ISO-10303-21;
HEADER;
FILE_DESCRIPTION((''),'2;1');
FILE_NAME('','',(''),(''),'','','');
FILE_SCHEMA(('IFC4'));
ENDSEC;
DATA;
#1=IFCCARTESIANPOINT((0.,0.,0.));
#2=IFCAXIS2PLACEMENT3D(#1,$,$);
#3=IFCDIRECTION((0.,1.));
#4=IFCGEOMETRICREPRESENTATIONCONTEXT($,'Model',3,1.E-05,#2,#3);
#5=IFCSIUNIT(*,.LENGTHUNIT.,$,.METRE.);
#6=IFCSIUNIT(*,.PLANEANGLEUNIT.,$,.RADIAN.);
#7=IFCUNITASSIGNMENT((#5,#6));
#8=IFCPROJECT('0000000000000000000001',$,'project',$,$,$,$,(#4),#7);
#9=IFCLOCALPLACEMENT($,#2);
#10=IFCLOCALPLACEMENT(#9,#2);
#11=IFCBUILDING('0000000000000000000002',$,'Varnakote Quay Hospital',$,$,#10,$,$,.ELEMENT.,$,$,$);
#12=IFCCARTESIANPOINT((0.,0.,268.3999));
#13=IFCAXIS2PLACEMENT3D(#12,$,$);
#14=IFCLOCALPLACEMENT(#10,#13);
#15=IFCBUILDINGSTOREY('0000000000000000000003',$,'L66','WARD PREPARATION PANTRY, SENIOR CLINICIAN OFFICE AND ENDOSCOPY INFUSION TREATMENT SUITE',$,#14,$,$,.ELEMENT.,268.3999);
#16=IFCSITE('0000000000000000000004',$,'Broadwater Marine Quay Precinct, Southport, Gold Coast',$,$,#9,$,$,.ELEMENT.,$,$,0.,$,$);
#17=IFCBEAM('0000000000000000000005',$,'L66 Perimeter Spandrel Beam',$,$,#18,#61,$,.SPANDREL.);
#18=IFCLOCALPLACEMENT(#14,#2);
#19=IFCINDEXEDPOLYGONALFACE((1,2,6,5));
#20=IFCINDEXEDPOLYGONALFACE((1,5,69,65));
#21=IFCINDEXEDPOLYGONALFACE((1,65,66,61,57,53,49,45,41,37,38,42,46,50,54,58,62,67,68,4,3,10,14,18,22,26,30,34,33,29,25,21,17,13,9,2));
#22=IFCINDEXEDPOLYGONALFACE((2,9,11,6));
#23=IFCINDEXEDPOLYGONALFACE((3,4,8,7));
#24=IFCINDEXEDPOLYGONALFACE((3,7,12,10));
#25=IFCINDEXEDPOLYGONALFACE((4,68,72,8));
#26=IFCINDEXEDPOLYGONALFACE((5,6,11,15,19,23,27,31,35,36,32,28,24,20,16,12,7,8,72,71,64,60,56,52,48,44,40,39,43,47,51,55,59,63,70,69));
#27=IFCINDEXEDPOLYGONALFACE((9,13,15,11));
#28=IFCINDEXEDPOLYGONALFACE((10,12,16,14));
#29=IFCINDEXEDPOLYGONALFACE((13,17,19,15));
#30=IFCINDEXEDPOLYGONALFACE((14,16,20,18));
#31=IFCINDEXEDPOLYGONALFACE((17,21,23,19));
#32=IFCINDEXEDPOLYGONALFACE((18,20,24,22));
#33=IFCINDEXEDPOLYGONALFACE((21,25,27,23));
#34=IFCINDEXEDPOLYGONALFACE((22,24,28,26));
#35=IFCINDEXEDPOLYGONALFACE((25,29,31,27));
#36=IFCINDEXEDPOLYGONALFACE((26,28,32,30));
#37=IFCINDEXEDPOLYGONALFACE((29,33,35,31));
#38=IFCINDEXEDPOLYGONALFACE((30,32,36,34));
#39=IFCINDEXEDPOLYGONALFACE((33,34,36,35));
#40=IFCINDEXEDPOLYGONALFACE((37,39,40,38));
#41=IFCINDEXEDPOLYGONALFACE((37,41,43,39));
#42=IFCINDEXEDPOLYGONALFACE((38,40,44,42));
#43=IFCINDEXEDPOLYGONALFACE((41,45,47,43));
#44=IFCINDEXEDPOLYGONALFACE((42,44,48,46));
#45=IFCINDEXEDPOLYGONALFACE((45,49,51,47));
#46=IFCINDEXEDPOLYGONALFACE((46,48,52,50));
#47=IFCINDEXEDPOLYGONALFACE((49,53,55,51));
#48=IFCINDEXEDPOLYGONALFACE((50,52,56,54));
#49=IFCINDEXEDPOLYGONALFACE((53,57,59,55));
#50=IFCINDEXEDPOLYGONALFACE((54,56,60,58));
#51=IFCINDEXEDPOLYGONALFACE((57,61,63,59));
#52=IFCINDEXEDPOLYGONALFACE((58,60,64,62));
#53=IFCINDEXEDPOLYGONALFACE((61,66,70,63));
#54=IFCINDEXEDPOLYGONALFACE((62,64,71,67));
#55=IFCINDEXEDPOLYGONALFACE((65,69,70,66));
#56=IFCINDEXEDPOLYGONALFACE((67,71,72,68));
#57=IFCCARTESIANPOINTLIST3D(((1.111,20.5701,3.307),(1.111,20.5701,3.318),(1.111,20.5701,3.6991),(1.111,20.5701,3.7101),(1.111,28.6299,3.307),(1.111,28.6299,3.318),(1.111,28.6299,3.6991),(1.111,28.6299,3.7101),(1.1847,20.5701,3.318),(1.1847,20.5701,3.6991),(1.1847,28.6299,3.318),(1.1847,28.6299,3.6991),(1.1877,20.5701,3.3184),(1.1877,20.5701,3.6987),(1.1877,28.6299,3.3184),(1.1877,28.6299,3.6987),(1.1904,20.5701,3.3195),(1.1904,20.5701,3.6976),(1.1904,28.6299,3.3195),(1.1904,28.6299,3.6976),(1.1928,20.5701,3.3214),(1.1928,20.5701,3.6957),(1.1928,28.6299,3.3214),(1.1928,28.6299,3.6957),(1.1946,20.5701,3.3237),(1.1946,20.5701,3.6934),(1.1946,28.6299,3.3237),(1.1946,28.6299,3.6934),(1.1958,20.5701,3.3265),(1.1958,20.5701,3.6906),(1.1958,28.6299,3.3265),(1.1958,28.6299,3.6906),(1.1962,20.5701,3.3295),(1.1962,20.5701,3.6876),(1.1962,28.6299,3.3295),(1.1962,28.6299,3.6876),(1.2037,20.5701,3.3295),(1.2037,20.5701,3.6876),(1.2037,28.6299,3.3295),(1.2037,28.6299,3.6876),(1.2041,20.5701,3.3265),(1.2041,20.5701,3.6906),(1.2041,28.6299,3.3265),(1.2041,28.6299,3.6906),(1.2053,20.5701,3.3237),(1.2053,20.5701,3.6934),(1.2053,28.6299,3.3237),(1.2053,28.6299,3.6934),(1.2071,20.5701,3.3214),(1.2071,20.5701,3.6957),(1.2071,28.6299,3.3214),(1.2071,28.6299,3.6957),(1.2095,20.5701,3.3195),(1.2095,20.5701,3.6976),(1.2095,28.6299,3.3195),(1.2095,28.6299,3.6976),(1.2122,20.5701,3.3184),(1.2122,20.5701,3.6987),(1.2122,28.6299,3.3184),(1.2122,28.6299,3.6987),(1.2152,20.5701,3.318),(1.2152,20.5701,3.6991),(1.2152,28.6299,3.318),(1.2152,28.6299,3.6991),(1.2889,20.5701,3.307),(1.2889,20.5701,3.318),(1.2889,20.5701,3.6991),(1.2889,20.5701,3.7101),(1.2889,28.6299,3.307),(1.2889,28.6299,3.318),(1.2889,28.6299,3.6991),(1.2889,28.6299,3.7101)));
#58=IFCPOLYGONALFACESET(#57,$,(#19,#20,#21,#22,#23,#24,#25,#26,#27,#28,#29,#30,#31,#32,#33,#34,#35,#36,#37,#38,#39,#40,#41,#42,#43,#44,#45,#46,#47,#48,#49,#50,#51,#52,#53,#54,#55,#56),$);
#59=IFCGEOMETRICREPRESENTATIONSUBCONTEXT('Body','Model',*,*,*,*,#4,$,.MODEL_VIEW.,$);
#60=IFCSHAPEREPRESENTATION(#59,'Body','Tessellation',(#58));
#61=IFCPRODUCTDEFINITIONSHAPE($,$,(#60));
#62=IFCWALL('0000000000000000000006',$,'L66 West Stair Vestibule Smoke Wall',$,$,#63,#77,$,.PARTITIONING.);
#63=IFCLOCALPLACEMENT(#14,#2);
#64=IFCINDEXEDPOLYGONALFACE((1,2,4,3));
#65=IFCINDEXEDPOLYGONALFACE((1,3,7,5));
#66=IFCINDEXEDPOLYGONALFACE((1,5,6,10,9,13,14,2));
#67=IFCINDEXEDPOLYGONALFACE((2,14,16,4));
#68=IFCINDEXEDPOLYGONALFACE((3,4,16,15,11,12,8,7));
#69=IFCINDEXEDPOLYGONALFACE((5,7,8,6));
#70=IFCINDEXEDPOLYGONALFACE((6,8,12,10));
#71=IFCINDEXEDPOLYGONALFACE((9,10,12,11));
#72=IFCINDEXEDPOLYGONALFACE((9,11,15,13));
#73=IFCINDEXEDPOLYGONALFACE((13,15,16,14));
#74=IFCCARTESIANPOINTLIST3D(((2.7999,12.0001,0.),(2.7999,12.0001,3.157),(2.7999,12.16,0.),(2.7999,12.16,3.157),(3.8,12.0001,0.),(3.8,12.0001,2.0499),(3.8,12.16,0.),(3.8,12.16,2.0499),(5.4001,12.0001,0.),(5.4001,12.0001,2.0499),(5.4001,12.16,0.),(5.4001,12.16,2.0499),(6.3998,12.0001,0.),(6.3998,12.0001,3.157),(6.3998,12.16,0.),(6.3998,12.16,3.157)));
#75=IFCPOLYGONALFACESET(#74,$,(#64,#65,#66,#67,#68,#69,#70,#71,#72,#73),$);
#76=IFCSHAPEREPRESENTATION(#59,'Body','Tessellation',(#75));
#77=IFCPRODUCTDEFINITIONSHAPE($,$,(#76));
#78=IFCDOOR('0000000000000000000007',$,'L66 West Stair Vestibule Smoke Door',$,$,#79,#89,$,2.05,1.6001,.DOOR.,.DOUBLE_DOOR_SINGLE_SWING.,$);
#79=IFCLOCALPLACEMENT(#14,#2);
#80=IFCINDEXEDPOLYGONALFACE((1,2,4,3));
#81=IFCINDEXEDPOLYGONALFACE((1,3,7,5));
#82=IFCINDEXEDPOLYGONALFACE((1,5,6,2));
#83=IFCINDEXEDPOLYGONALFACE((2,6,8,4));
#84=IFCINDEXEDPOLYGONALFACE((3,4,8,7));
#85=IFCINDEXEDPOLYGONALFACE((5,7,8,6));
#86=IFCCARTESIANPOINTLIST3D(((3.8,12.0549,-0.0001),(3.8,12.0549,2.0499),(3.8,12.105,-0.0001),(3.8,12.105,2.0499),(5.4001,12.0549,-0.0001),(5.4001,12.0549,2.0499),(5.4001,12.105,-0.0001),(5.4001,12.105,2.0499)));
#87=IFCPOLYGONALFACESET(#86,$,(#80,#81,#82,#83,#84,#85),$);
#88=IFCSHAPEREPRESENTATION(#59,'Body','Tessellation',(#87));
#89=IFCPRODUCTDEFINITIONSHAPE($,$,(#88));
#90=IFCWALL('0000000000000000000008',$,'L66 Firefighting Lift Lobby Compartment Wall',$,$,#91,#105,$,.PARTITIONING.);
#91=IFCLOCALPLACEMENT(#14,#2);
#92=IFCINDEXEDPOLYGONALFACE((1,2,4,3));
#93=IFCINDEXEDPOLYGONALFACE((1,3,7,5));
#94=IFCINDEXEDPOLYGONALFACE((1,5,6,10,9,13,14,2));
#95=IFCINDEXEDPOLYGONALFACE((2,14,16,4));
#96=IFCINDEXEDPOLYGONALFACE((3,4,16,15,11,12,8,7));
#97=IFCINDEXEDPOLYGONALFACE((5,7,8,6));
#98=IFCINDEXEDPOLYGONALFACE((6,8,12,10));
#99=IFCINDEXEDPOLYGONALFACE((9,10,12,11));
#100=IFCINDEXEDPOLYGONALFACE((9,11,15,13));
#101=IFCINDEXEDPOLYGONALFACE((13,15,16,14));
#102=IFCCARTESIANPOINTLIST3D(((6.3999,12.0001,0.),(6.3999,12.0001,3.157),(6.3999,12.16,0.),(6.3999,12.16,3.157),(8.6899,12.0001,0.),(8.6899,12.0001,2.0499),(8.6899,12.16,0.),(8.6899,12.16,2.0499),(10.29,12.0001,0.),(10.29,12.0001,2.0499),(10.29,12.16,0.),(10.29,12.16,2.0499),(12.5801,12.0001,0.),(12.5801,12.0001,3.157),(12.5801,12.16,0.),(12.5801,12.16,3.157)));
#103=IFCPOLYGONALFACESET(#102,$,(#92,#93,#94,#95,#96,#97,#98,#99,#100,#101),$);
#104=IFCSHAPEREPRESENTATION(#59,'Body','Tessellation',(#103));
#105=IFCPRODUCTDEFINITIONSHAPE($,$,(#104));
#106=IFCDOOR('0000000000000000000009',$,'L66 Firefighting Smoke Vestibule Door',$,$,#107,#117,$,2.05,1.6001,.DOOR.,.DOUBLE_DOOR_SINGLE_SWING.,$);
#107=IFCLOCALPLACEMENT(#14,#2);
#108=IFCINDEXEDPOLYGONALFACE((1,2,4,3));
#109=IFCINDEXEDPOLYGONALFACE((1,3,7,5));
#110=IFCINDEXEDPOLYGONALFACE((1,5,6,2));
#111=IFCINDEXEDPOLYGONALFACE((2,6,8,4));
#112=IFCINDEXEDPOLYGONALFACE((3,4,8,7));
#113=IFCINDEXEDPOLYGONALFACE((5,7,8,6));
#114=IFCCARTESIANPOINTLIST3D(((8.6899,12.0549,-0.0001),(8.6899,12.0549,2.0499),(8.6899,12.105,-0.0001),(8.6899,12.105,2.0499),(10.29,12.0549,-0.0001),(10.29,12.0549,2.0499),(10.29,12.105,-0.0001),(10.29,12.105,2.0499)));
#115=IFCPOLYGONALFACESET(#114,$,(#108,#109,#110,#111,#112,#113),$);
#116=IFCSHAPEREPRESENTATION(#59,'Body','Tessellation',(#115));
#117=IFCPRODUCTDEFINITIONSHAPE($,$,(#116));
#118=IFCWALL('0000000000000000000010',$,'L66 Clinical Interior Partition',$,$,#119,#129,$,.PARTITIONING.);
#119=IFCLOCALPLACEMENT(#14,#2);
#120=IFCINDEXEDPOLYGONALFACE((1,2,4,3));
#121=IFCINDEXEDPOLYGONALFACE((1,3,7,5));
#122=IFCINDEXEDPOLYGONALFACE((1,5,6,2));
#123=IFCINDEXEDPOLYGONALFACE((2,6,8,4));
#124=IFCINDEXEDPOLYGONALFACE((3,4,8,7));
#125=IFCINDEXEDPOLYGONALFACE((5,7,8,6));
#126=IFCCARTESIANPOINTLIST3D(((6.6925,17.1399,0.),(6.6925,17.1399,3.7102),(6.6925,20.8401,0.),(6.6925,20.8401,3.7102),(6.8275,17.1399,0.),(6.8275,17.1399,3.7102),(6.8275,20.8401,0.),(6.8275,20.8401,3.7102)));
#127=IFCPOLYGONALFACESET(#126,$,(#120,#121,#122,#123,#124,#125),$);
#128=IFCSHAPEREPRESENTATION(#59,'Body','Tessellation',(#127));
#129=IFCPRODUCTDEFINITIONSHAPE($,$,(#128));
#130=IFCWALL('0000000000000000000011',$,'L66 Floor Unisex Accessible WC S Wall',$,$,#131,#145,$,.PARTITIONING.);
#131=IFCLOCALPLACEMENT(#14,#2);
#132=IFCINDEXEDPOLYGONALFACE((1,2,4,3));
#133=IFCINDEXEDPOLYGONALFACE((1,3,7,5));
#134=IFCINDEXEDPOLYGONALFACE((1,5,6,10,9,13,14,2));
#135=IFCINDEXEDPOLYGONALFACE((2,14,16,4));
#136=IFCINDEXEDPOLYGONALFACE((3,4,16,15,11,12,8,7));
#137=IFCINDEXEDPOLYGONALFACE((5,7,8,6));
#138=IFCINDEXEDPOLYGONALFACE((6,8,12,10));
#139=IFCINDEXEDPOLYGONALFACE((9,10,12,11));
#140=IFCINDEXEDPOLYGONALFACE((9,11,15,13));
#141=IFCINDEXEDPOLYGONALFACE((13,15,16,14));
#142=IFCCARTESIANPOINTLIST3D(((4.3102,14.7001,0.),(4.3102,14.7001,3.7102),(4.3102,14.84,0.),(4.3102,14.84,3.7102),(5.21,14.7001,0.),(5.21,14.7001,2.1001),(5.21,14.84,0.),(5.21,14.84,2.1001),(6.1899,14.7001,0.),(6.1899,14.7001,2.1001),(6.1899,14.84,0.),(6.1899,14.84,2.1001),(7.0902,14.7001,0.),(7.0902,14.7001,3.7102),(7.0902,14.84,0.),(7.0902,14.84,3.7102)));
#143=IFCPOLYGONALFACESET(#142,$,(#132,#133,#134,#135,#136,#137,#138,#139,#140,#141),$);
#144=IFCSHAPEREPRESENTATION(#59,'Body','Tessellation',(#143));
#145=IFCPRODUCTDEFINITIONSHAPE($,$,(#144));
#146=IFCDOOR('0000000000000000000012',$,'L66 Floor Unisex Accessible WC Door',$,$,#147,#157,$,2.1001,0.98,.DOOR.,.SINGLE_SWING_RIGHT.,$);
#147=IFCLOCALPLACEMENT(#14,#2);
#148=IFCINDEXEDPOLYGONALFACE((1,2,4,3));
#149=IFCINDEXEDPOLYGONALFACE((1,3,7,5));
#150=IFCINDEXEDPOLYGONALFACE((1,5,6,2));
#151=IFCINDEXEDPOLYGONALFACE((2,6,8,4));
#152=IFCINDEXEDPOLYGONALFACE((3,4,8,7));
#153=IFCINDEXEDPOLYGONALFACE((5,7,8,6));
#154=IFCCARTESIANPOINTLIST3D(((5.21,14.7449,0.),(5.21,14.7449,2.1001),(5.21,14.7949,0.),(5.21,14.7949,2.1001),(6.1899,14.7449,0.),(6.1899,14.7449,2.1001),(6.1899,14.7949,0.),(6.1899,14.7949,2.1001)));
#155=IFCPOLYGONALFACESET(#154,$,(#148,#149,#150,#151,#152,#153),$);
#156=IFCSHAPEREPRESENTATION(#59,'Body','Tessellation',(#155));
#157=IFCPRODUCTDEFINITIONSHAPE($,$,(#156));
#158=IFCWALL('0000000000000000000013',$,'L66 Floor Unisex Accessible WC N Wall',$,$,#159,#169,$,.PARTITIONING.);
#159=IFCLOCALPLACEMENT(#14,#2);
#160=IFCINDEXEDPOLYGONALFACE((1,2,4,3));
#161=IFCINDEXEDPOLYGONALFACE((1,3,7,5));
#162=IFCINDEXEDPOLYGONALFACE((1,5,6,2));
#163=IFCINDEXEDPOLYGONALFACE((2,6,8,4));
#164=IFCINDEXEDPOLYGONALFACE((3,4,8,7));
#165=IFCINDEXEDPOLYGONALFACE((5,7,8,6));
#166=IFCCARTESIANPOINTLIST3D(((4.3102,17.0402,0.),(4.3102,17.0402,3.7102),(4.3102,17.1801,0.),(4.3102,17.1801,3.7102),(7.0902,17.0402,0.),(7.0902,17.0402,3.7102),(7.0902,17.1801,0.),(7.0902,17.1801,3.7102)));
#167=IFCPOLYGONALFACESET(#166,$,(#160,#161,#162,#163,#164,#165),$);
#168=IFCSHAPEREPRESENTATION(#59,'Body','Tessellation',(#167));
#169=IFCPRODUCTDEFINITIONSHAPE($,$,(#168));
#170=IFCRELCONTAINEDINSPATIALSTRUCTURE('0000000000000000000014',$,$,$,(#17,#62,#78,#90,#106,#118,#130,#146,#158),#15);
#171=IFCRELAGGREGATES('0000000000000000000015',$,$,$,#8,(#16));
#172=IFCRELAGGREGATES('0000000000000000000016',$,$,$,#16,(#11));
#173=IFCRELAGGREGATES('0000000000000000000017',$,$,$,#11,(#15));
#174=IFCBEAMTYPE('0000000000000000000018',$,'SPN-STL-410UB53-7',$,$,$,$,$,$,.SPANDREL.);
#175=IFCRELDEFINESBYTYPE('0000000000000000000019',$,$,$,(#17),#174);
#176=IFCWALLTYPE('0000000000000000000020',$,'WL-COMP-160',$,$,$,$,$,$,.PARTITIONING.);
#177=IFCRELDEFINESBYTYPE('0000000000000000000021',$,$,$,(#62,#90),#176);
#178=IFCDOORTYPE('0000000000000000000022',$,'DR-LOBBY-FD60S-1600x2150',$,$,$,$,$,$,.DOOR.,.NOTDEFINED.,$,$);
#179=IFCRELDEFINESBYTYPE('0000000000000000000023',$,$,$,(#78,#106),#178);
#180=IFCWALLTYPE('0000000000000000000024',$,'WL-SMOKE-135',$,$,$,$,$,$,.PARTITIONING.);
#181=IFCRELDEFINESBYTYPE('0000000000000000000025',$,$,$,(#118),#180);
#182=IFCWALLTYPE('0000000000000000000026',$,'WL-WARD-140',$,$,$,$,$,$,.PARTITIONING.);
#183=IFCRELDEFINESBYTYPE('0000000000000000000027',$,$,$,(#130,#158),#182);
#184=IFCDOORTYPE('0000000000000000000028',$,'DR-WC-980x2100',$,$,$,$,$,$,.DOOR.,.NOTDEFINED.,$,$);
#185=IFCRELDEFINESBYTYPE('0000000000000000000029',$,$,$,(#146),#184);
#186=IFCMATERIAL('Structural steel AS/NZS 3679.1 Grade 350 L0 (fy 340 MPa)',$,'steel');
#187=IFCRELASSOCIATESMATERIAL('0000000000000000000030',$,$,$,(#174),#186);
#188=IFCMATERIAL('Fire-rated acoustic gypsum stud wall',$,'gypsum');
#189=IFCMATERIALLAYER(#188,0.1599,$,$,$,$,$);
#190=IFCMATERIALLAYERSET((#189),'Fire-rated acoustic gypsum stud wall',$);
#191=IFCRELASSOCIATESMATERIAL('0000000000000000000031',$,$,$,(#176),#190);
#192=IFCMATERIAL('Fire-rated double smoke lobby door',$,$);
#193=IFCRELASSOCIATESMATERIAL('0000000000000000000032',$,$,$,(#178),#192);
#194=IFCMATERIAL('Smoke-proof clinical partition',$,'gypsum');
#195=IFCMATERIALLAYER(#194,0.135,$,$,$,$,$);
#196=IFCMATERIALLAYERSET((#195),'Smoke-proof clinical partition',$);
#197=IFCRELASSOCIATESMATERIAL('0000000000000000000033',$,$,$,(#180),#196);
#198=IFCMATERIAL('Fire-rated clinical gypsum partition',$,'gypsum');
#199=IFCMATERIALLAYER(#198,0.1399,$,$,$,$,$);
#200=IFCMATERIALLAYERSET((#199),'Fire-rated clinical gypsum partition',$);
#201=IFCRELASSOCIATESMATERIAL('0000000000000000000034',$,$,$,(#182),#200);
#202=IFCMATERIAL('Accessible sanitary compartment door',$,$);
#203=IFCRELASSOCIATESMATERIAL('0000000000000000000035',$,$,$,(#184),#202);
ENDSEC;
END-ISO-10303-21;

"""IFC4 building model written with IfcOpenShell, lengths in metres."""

from ifc_helpers import new_model, si_unit, direction, frame, frame_2d, origin, origin_2d, place, context, subcontext, project, spatial, rectangle, i_section, extrude, material, layer, layer_set, material_profile, profile_set, type_object, element, fill, save


model = new_model("IFC4")

# Units and contexts
model_context = context("Model", 3, precision=1e-05, world=origin(), true_north=direction((0.0, 1.0)))
body_context = subcontext(model_context, "Body", "Model", "MODEL_VIEW")
ifc_project = project(units=[si_unit("LENGTHUNIT", "METRE"), si_unit("PLANEANGLEUNIT", "RADIAN")], contexts=[model_context])

# Site, building, storey
site_placement = place(None, origin())
site = spatial("IfcSite", under=ifc_project, at=site_placement, Name="Broadwater Marine Quay Precinct, Southport, Gold Coast", CompositionType="ELEMENT", RefElevation=0.0)
building_placement = place(site_placement, origin())
building = spatial("IfcBuilding", under=site, at=building_placement, Name="Varnakote Quay Hospital", CompositionType="ELEMENT")
storey_placement = place(building_placement, frame((0.0, 0.0, 268.3999)))
storey = spatial("IfcBuildingStorey", under=building, at=storey_placement, Name="L66", Description="WARD PREPARATION PANTRY, SENIOR CLINICIAN OFFICE AND ENDOSCOPY INFUSION TREATMENT SUITE", CompositionType="ELEMENT", Elevation=268.3999)

# Beam
ifc_material_1 = material(Name="Structural steel AS/NZS 3679.1 Grade 350 L0 (fy 340 MPa)", Category="steel")
ifc_material_profile_1 = material_profile(ifc_material_1, i_section(OverallWidth=0.178, OverallDepth=0.4031, WebThickness=0.0076, FlangeThickness=0.011, FilletRadius=0.0115, at=origin_2d()), Name="410UB53.7")
ifc_profile_set_1 = profile_set([ifc_material_profile_1], Name="Structural steel AS/NZS 3679.1 Grade 350 L0 (fy 340 MPa)")
beam_type_1 = type_object("IfcBeamType", Name="SPN-STL-410UB53-7", PredefinedType="SPANDREL", material=ifc_profile_set_1)
beam_1_placement = place(storey_placement, frame((1.2, 20.5701, 3.5085), z_axis=(0.0, 1.0, 0.0), x_axis=(-1.0, 0.0, 0.0)))
element("IfcBeam", 1, at=beam_1_placement, inside=storey, type_object=beam_type_1, Name="L66 Perimeter Spandrel Beam", PredefinedType="SPANDREL", context=body_context, shape_type="SweptSolid", body=[
    extrude(i_section(OverallWidth=0.178, OverallDepth=0.4031, WebThickness=0.0076, FlangeThickness=0.011, FilletRadius=0.0115, at=origin_2d()), origin(), (0.0, 0.0, 1.0), 8.0598),
])

# Walls, openings, doors
ifc_material_2 = material(Name="Fire-rated acoustic gypsum stud wall", Category="gypsum")
ifc_layer_1 = layer(ifc_material_2, 0.1599)
ifc_layer_set_1 = layer_set([ifc_layer_1], Name="Fire-rated acoustic gypsum stud wall")
wall_type_1 = type_object("IfcWallType", Name="WL-COMP-160", PredefinedType="PARTITIONING", material=ifc_layer_set_1)
wall_1_placement = place(storey_placement, frame((2.8, 12.0801, 0.0), z_axis=(0.0, 0.0, 1.0), x_axis=(1.0, 0.0, 0.0)))
wall_1 = element("IfcWall", 2, at=wall_1_placement, inside=storey, type_object=wall_type_1, Name="L66 West Stair Vestibule Smoke Wall", PredefinedType="PARTITIONING", context=body_context, shape_type="SweptSolid", body=[
    extrude(rectangle(XDim=3.5999, YDim=0.1599, at=frame_2d((1.7998, 0.0))), origin(), (0.0, 0.0, 1.0), 3.157),
])
opening_1_placement = place(wall_1_placement, frame((1.0, 0.0, 0.0)))
opening_1 = element("IfcOpeningElement", 3, at=opening_1_placement, cuts=wall_1, PredefinedType="OPENING", context=body_context, shape_type="SweptSolid", body=[
    extrude(rectangle(XDim=1.6001, YDim=2.05, at=frame_2d((0.8, 1.0249))), frame((0.0, 0.0898, 0.0), z_axis=(0.0, -1.0, 0.0), x_axis=(1.0, 0.0, 0.0)), (0.0, 0.0, 1.0), 0.1799),
])
ifc_material_3 = material(Name="Fire-rated double smoke lobby door")
door_type_1 = type_object("IfcDoorType", Name="DR-LOBBY-FD60S-1600x2150", OperationType="NOTDEFINED", PredefinedType="DOOR", material=ifc_material_3)
door_1_placement = place(opening_1_placement, origin())
door_1 = element("IfcDoor", 4, at=door_1_placement, inside=storey, type_object=door_type_1, Name="L66 West Stair Vestibule Smoke Door", OperationType="DOUBLE_DOOR_SINGLE_SWING", OverallHeight=2.05, OverallWidth=1.6001, PredefinedType="DOOR", context=body_context, shape_type="SweptSolid", body=[
    extrude(rectangle(XDim=1.6001, YDim=2.05, at=frame_2d((0.8, 1.0249))), frame((0.0, 0.0249, 0.0), z_axis=(0.0, -1.0, 0.0), x_axis=(1.0, 0.0, 0.0)), (0.0, 0.0, 1.0), 0.05),
])
fill(opening_1, door_1)
wall_2_placement = place(storey_placement, frame((6.3999, 12.0801, 0.0), z_axis=(0.0, 0.0, 1.0), x_axis=(1.0, 0.0, 0.0)))
wall_2 = element("IfcWall", 5, at=wall_2_placement, inside=storey, type_object=wall_type_1, Name="L66 Firefighting Lift Lobby Compartment Wall", PredefinedType="PARTITIONING", context=body_context, shape_type="SweptSolid", body=[
    extrude(rectangle(XDim=6.1802, YDim=0.1599, at=frame_2d((3.0901, 0.0))), origin(), (0.0, 0.0, 1.0), 3.157),
])
opening_2_placement = place(wall_2_placement, frame((2.29, 0.0, 0.0)))
opening_2 = element("IfcOpeningElement", 6, at=opening_2_placement, cuts=wall_2, PredefinedType="OPENING", context=body_context, shape_type="SweptSolid", body=[
    extrude(rectangle(XDim=1.6001, YDim=2.05, at=frame_2d((0.8, 1.0249))), frame((0.0, 0.0898, 0.0), z_axis=(0.0, -1.0, 0.0), x_axis=(1.0, 0.0, 0.0)), (0.0, 0.0, 1.0), 0.1799),
])
door_2_placement = place(opening_2_placement, origin())
door_2 = element("IfcDoor", 7, at=door_2_placement, inside=storey, type_object=door_type_1, Name="L66 Firefighting Smoke Vestibule Door", OperationType="DOUBLE_DOOR_SINGLE_SWING", OverallHeight=2.05, OverallWidth=1.6001, PredefinedType="DOOR", context=body_context, shape_type="SweptSolid", body=[
    extrude(rectangle(XDim=1.6001, YDim=2.05, at=frame_2d((0.8, 1.0249))), frame((0.0, 0.0249, 0.0), z_axis=(0.0, -1.0, 0.0), x_axis=(1.0, 0.0, 0.0)), (0.0, 0.0, 1.0), 0.05),
])
fill(opening_2, door_2)

# Wall
ifc_material_4 = material(Name="Smoke-proof clinical partition", Category="gypsum")
ifc_layer_2 = layer(ifc_material_4, 0.135)
ifc_layer_set_2 = layer_set([ifc_layer_2], Name="Smoke-proof clinical partition")
wall_type_2 = type_object("IfcWallType", Name="WL-SMOKE-135", PredefinedType="PARTITIONING", material=ifc_layer_set_2)
wall_3_placement = place(storey_placement, frame((6.76, 17.1399, 0.0), z_axis=(0.0, 0.0, 1.0), x_axis=(0.0, 1.0, 0.0)))
element("IfcWall", 8, at=wall_3_placement, inside=storey, type_object=wall_type_2, Name="L66 Clinical Interior Partition", PredefinedType="PARTITIONING", context=body_context, shape_type="SweptSolid", body=[
    extrude(rectangle(XDim=3.7002, YDim=0.135, at=frame_2d((1.8501, 0.0))), origin(), (0.0, 0.0, 1.0), 3.7102),
])

# Wall, opening, door
ifc_material_5 = material(Name="Fire-rated clinical gypsum partition", Category="gypsum")
ifc_layer_3 = layer(ifc_material_5, 0.1399)
ifc_layer_set_3 = layer_set([ifc_layer_3], Name="Fire-rated clinical gypsum partition")
wall_type_3 = type_object("IfcWallType", Name="WL-WARD-140", PredefinedType="PARTITIONING", material=ifc_layer_set_3)
wall_4_placement = place(storey_placement, frame((4.3101, 14.77, 0.0), z_axis=(0.0, 0.0, 1.0), x_axis=(1.0, 0.0, 0.0)))
wall_4 = element("IfcWall", 9, at=wall_4_placement, inside=storey, type_object=wall_type_3, Name="L66 Floor Unisex Accessible WC S Wall", PredefinedType="PARTITIONING", context=body_context, shape_type="SweptSolid", body=[
    extrude(rectangle(XDim=2.78, YDim=0.1399, at=frame_2d((1.3901, 0.0))), origin(), (0.0, 0.0, 1.0), 3.7102),
])
opening_3_placement = place(wall_4_placement, frame((0.8999, 0.0, 0.0)))
opening_3 = element("IfcOpeningElement", 10, at=opening_3_placement, cuts=wall_4, PredefinedType="OPENING", context=body_context, shape_type="SweptSolid", body=[
    extrude(rectangle(XDim=0.98, YDim=2.1001, at=frame_2d((0.49, 1.05))), frame((0.0, 0.0798, 0.0), z_axis=(0.0, -1.0, 0.0), x_axis=(1.0, 0.0, 0.0)), (0.0, 0.0, 1.0), 0.1599),
])
ifc_material_6 = material(Name="Accessible sanitary compartment door")
door_type_2 = type_object("IfcDoorType", Name="DR-WC-980x2100", OperationType="NOTDEFINED", PredefinedType="DOOR", material=ifc_material_6)
door_3_placement = place(opening_3_placement, origin())
door_3 = element("IfcDoor", 11, at=door_3_placement, inside=storey, type_object=door_type_2, Name="L66 Floor Unisex Accessible WC Door", OperationType="SINGLE_SWING_RIGHT", OverallHeight=2.1001, OverallWidth=0.98, PredefinedType="DOOR", context=body_context, shape_type="SweptSolid", body=[
    extrude(rectangle(XDim=0.98, YDim=2.1001, at=frame_2d((0.49, 1.05))), frame((0.0, 0.0249, 0.0), z_axis=(0.0, -1.0, 0.0), x_axis=(1.0, 0.0, 0.0)), (0.0, 0.0, 1.0), 0.05),
])
fill(opening_3, door_3)

# Wall
wall_5_placement = place(storey_placement, frame((4.3101, 17.1101, 0.0), z_axis=(0.0, 0.0, 1.0), x_axis=(1.0, 0.0, 0.0)))
element("IfcWall", 12, at=wall_5_placement, inside=storey, type_object=wall_type_3, Name="L66 Floor Unisex Accessible WC N Wall", PredefinedType="PARTITIONING", context=body_context, shape_type="SweptSolid", body=[
    extrude(rectangle(XDim=2.78, YDim=0.1399, at=frame_2d((1.3901, 0.0))), origin(), (0.0, 0.0, 1.0), 3.7102),
])

save(model, "model.ifc")
